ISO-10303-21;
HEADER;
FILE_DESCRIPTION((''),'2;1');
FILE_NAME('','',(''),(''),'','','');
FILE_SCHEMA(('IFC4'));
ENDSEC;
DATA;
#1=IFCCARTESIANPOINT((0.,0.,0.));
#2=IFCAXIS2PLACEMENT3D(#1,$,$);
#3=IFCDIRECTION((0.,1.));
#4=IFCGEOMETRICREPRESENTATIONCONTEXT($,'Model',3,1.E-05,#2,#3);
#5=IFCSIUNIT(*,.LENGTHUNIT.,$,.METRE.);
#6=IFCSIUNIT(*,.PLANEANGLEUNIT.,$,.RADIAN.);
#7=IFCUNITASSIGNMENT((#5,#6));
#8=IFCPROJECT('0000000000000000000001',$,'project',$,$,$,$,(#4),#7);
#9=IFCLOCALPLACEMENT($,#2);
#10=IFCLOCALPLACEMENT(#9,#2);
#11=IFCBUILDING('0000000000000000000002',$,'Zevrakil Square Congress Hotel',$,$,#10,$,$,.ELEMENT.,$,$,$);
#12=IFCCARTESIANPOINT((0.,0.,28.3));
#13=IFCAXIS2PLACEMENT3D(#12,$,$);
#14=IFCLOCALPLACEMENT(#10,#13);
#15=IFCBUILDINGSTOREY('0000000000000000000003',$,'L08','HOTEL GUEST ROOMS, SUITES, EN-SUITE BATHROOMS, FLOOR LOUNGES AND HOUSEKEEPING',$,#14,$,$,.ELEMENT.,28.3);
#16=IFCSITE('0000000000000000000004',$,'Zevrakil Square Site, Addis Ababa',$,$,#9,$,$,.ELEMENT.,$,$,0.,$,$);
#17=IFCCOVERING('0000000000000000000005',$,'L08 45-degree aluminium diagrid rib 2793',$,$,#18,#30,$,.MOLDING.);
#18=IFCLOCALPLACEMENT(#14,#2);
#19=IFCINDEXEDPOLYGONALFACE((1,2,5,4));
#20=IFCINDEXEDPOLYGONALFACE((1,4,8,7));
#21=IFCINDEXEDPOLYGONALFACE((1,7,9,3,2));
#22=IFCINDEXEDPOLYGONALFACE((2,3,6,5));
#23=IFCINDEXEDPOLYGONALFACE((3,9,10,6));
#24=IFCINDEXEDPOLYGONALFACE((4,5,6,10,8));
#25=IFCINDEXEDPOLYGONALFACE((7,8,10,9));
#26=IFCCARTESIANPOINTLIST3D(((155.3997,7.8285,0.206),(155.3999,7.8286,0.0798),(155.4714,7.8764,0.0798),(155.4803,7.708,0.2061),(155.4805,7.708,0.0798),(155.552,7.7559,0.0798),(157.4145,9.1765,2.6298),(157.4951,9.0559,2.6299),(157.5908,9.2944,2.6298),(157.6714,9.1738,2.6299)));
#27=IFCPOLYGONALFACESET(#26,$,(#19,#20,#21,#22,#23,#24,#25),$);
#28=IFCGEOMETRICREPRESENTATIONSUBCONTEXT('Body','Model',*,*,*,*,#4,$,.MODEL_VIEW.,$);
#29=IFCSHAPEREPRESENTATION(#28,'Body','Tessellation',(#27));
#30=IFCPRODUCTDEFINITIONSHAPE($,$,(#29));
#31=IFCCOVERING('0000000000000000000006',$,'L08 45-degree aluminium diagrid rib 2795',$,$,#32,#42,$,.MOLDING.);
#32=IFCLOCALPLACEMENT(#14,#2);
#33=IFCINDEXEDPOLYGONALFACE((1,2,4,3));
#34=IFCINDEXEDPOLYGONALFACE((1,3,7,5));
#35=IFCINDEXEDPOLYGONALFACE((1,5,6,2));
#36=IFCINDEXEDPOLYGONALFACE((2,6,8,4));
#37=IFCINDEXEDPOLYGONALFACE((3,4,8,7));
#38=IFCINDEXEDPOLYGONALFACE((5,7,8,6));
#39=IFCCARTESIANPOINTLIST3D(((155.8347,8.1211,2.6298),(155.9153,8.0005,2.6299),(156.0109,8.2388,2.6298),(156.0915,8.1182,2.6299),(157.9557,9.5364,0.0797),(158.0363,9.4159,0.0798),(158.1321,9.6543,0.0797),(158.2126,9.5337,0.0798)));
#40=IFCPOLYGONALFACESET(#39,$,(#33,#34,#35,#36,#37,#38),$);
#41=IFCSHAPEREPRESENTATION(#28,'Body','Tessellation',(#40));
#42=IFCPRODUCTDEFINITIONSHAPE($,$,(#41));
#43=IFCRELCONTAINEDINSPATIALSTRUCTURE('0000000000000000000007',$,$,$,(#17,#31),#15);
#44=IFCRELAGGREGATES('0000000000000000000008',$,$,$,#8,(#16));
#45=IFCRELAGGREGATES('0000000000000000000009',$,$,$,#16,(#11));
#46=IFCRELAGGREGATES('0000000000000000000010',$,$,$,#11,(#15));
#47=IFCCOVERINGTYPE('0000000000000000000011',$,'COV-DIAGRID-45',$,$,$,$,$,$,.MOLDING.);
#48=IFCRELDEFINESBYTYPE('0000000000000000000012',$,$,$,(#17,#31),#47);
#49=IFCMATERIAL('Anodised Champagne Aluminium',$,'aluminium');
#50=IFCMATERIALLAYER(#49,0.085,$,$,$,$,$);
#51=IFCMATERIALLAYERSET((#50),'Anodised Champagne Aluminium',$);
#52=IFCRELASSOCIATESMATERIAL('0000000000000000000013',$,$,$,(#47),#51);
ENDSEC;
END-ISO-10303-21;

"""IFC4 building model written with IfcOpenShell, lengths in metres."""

from ifc_helpers import new_model, si_unit, direction, frame, origin, place, context, subcontext, project, spatial, polyline, outline, extrude, material, layer, layer_set, type_object, element, save


model = new_model("IFC4")

# Units and contexts
model_context = context("Model", 3, precision=1e-05, world=origin(), true_north=direction((0.0, 1.0)))
body_context = subcontext(model_context, "Body", "Model", "MODEL_VIEW")
ifc_project = project(units=[si_unit("LENGTHUNIT", "METRE"), si_unit("PLANEANGLEUNIT", "RADIAN")], contexts=[model_context])

# Site, building, storey
site_placement = place(None, origin())
site = spatial("IfcSite", under=ifc_project, at=site_placement, Name="Zevrakil Square Site, Addis Ababa", CompositionType="ELEMENT", RefElevation=0.0)
building_placement = place(site_placement, origin())
building = spatial("IfcBuilding", under=site, at=building_placement, Name="Zevrakil Square Congress Hotel", CompositionType="ELEMENT")
storey_placement = place(building_placement, frame((0.0, 0.0, 28.3)))
storey = spatial("IfcBuildingStorey", under=building, at=storey_placement, Name="L08", Description="HOTEL GUEST ROOMS, SUITES, EN-SUITE BATHROOMS, FLOOR LOUNGES AND HOUSEKEEPING", CompositionType="ELEMENT", Elevation=28.3)

# Coverings
ifc_material_1 = material(Name="Anodised Champagne Aluminium", Category="aluminium")
ifc_layer_1 = layer(ifc_material_1, 0.085)
ifc_layer_set_1 = layer_set([ifc_layer_1], Name="Anodised Champagne Aluminium")
covering_type_1 = type_object("IfcCoveringType", Name="COV-DIAGRID-45", PredefinedType="MOLDING", material=ifc_layer_set_1)
covering_1_placement = place(storey_placement, frame((155.552, 7.7559, 0.0798), z_axis=(0.555766, -0.831338, 0.000348), x_axis=(-0.831338, -0.555766, 0.0)))
element("IfcCovering", 1, at=covering_1_placement, inside=storey, type_object=covering_type_1, Name="L08 45-degree aluminium diagrid rib 2793", PredefinedType="MOLDING", context=body_context, shape_type="SweptSolid", body=[
    extrude(outline(polyline([(0.0, 0.0), (0.0861, 0.0), (0.0863, -0.1262), (-2.3379, -2.55), (-2.55, -2.55), (0.0, 0.0)])), origin(), (0.0, 0.0, -1.0), 0.145),
])
covering_2_placement = place(storey_placement, frame((155.9153, 8.0005, 2.6299), z_axis=(0.55563, -0.83143, 0.00068), x_axis=(0.83143, 0.55563, 0.0)))
element("IfcCovering", 2, at=covering_2_placement, inside=storey, type_object=covering_type_1, Name="L08 45-degree aluminium diagrid rib 2795", PredefinedType="MOLDING", context=body_context, shape_type="SweptSolid", body=[
    extrude(outline(polyline([(0.0, 0.0), (0.2119, 0.0), (2.762, -2.55), (2.5499, -2.55), (0.0, 0.0)])), origin(), (0.0, 0.0, -1.0), 0.145),
])

save(model, "model.ifc")
